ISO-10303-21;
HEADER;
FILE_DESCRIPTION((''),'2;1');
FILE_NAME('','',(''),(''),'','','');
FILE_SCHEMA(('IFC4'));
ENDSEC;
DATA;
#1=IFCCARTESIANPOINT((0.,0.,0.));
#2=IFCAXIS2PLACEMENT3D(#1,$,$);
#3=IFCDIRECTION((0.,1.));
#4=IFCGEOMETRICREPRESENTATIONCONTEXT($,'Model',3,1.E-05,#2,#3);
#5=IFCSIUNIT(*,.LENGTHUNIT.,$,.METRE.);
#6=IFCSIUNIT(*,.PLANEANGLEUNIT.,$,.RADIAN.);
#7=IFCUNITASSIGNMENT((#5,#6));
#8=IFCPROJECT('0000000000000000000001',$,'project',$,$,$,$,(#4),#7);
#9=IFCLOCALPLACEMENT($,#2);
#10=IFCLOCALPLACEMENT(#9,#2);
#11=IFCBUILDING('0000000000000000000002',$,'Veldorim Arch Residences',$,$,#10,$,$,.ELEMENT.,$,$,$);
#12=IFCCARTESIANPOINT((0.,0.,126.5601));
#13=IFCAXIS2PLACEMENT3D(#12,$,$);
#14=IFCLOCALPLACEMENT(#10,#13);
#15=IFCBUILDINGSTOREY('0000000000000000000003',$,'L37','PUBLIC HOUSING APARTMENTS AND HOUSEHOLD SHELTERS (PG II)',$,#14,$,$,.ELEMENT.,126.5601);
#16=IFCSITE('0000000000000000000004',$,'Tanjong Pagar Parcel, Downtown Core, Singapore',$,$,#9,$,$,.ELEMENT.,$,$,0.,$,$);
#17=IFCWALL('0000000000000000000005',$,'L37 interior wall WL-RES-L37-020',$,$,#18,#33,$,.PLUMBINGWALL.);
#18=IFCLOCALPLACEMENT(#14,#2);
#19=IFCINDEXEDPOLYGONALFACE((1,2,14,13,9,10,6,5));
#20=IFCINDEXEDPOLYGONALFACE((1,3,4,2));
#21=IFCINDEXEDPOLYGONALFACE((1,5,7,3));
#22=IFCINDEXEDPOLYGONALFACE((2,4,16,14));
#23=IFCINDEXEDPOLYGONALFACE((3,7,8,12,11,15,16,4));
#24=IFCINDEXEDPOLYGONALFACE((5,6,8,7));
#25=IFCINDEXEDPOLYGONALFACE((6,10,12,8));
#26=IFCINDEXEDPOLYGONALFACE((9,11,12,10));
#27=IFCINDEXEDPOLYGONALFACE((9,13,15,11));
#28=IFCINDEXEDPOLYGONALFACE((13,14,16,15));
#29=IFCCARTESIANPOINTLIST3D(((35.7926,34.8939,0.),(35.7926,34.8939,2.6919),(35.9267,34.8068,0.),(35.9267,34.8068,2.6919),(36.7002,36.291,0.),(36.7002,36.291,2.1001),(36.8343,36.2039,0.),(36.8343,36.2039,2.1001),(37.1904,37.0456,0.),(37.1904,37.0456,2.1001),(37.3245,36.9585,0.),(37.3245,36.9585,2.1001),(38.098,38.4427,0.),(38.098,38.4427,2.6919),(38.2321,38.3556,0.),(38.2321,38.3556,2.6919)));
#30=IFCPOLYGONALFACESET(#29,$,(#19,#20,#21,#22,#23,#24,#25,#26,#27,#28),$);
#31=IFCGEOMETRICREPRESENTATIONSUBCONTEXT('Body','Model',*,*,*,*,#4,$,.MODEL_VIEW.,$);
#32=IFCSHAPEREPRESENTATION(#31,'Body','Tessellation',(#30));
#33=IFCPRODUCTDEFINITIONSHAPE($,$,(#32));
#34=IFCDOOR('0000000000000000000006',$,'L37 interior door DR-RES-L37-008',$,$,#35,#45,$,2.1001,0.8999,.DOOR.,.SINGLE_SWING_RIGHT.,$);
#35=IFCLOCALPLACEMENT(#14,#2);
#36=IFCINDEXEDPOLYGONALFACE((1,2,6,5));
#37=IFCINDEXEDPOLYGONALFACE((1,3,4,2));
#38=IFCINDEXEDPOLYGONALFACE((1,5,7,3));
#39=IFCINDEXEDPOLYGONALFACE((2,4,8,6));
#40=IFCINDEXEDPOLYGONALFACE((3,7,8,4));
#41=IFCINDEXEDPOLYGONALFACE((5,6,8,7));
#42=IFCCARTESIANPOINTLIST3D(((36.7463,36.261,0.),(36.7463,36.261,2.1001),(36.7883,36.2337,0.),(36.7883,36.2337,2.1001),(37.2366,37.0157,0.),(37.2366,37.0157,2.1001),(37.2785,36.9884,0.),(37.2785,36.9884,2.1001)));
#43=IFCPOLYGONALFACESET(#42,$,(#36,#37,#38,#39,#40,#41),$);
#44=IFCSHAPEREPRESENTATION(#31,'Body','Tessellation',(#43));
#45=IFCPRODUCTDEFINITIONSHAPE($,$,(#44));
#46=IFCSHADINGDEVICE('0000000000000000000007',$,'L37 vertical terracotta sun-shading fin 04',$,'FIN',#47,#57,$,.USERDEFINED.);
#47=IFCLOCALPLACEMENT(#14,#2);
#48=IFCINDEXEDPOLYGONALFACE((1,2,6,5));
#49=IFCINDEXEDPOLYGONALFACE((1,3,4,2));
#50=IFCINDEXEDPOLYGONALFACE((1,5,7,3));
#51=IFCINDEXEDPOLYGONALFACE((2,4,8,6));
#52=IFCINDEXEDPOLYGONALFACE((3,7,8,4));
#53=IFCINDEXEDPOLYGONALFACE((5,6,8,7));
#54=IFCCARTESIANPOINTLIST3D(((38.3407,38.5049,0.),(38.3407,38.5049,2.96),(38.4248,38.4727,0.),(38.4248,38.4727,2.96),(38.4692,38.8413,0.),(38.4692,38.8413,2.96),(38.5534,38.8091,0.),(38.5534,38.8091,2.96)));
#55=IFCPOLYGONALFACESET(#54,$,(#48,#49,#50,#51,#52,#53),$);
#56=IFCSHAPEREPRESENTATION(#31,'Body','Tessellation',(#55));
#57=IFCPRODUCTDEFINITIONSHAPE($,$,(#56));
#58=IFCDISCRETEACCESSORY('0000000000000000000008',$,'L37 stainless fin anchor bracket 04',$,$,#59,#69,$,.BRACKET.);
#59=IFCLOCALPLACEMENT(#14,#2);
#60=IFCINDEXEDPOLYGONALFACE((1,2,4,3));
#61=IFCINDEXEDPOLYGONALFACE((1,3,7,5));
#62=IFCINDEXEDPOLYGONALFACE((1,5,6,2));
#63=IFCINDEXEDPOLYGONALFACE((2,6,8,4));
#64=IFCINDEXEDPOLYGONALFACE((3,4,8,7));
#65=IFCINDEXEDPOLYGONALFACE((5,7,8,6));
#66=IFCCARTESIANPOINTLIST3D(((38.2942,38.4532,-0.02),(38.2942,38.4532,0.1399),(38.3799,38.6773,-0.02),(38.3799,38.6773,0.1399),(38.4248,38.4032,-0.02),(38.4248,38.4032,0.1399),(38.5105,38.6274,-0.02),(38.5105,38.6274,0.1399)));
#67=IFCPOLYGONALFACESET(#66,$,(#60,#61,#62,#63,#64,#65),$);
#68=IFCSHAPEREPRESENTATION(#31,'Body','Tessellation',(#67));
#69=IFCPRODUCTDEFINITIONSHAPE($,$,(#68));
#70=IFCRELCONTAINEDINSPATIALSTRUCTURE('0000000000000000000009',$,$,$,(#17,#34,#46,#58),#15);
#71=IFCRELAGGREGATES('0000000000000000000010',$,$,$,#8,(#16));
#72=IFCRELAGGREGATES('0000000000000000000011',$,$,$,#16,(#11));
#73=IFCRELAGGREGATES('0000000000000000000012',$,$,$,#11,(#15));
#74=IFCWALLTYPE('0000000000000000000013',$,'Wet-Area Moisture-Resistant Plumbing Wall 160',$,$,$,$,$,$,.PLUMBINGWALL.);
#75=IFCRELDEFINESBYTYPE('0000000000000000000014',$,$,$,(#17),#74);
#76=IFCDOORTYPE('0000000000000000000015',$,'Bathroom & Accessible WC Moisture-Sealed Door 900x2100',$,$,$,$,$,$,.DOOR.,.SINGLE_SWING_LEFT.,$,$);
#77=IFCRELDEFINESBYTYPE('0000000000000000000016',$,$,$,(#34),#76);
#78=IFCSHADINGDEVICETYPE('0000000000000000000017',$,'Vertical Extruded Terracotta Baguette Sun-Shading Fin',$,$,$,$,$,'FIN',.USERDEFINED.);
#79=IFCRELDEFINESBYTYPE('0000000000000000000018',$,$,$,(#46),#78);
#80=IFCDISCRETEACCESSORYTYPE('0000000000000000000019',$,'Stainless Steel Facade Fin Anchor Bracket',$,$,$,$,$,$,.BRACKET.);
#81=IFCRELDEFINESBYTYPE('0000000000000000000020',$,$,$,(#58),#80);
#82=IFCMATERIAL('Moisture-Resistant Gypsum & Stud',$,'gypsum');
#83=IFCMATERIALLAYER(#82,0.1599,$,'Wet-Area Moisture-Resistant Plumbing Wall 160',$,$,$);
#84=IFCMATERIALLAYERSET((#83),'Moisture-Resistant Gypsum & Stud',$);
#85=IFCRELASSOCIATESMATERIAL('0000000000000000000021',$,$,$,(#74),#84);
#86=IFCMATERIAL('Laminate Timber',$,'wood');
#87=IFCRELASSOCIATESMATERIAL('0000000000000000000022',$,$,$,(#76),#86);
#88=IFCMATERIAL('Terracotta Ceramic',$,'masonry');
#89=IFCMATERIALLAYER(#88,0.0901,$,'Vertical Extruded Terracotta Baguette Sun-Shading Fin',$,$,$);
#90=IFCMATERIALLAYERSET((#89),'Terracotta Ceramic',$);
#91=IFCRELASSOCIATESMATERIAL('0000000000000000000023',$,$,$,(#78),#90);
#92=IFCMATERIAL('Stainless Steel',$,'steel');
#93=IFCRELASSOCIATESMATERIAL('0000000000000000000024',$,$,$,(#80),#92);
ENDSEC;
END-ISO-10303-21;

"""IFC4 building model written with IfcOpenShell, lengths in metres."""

from ifc_helpers import new_model, si_unit, direction, frame, frame_2d, origin, origin_2d, place, context, subcontext, project, spatial, rectangle, extrude, material, layer, layer_set, type_object, element, fill, save


model = new_model("IFC4")

# Units and contexts
model_context = context("Model", 3, precision=1e-05, world=origin(), true_north=direction((0.0, 1.0)))
body_context = subcontext(model_context, "Body", "Model", "MODEL_VIEW")
ifc_project = project(units=[si_unit("LENGTHUNIT", "METRE"), si_unit("PLANEANGLEUNIT", "RADIAN")], contexts=[model_context])

# Site, building, storey
site_placement = place(None, origin())
site = spatial("IfcSite", under=ifc_project, at=site_placement, Name="Tanjong Pagar Parcel, Downtown Core, Singapore", CompositionType="ELEMENT", RefElevation=0.0)
building_placement = place(site_placement, origin())
building = spatial("IfcBuilding", under=site, at=building_placement, Name="Veldorim Arch Residences", CompositionType="ELEMENT")
storey_placement = place(building_placement, frame((0.0, 0.0, 126.5601)))
storey = spatial("IfcBuildingStorey", under=building, at=storey_placement, Name="L37", Description="PUBLIC HOUSING APARTMENTS AND HOUSEHOLD SHELTERS (PG II)", CompositionType="ELEMENT", Elevation=126.5601)

# Wall, opening, door
ifc_material_1 = material(Name="Moisture-Resistant Gypsum & Stud", Category="gypsum")
ifc_layer_1 = layer(ifc_material_1, 0.1599, Name="Wet-Area Moisture-Resistant Plumbing Wall 160")
ifc_layer_set_1 = layer_set([ifc_layer_1], Name="Moisture-Resistant Gypsum & Stud")
wall_type_1 = type_object("IfcWallType", Name="Wet-Area Moisture-Resistant Plumbing Wall 160", PredefinedType="PLUMBINGWALL", material=ifc_layer_set_1)
wall_1_placement = place(storey_placement, frame((35.8596, 34.8503, 0.0), z_axis=(0.0, 0.0, 1.0), x_axis=(0.544769, 0.838586, 0.0)))
wall_1 = element("IfcWall", 1, at=wall_1_placement, inside=storey, type_object=wall_type_1, Name="L37 interior wall WL-RES-L37-020", PredefinedType="PLUMBINGWALL", context=body_context, shape_type="SweptSolid", body=[
    extrude(rectangle(XDim=4.2319, YDim=0.1599, at=frame_2d((2.116, 0.0))), origin(), (0.0, 0.0, 1.0), 2.6919),
])
opening_1_placement = place(wall_1_placement, frame((1.666, 0.0, 0.0)))
opening_1 = element("IfcOpeningElement", 2, at=opening_1_placement, cuts=wall_1, PredefinedType="OPENING", context=body_context, shape_type="SweptSolid", body=[
    extrude(rectangle(XDim=0.8999, YDim=2.1001, at=frame_2d((0.45, 1.05))), frame((0.0, 0.0898, 0.0), z_axis=(0.0, -1.0, 0.0), x_axis=(1.0, 0.0, 0.0)), (0.0, 0.0, 1.0), 0.1799),
])
ifc_material_2 = material(Name="Laminate Timber", Category="wood")
door_type = type_object("IfcDoorType", Name="Bathroom & Accessible WC Moisture-Sealed Door 900x2100", OperationType="SINGLE_SWING_LEFT", PredefinedType="DOOR", material=ifc_material_2)
door_placement = place(opening_1_placement, origin())
door = element("IfcDoor", 3, at=door_placement, inside=storey, type_object=door_type, Name="L37 interior door DR-RES-L37-008", OperationType="SINGLE_SWING_RIGHT", OverallHeight=2.1001, OverallWidth=0.8999, PredefinedType="DOOR", context=body_context, shape_type="SweptSolid", body=[
    extrude(rectangle(XDim=0.8999, YDim=2.1001, at=frame_2d((0.45, 1.05))), frame((0.0, 0.0249, 0.0), z_axis=(0.0, -1.0, 0.0), x_axis=(1.0, 0.0, 0.0)), (0.0, 0.0, 1.0), 0.05),
])
fill(opening_1, door)

# Shading device
ifc_material_3 = material(Name="Terracotta Ceramic", Category="masonry")
ifc_layer_2 = layer(ifc_material_3, 0.0901, Name="Vertical Extruded Terracotta Baguette Sun-Shading Fin")
ifc_layer_set_2 = layer_set([ifc_layer_2], Name="Terracotta Ceramic")
shading_device_type = type_object("IfcShadingDeviceType", Name="Vertical Extruded Terracotta Baguette Sun-Shading Fin", ElementType="FIN", PredefinedType="USERDEFINED", material=ifc_layer_set_2)
shading_device_placement = place(storey_placement, frame((38.447, 38.657, 0.0), z_axis=(0.0, 0.0, 1.0), x_axis=(0.93408, -0.357064, 0.0)))
element("IfcShadingDevice", 4, at=shading_device_placement, inside=storey, type_object=shading_device_type, Name="L37 vertical terracotta sun-shading fin 04", ObjectType="FIN", PredefinedType="USERDEFINED", context=body_context, shape_type="SweptSolid", body=[
    extrude(rectangle(XDim=0.0901, YDim=0.3601, at=origin_2d()), origin(), (0.0, 0.0, 1.0), 2.96),
])

# Discrete accessory
ifc_material_4 = material(Name="Stainless Steel", Category="steel")
discrete_accessory_type = type_object("IfcDiscreteAccessoryType", Name="Stainless Steel Facade Fin Anchor Bracket", PredefinedType="BRACKET", material=ifc_material_4)
discrete_accessory_placement = place(storey_placement, frame((38.4023, 38.5403, -0.02), z_axis=(0.0, 0.0, 1.0), x_axis=(0.93408, -0.357064, 0.0)))
element("IfcDiscreteAccessory", 5, at=discrete_accessory_placement, inside=storey, type_object=discrete_accessory_type, Name="L37 stainless fin anchor bracket 04", PredefinedType="BRACKET", context=body_context, shape_type="SweptSolid", body=[
    extrude(rectangle(XDim=0.1399, YDim=0.24, at=origin_2d()), origin(), (0.0, 0.0, 1.0), 0.1599),
])

save(model, "model.ifc")
